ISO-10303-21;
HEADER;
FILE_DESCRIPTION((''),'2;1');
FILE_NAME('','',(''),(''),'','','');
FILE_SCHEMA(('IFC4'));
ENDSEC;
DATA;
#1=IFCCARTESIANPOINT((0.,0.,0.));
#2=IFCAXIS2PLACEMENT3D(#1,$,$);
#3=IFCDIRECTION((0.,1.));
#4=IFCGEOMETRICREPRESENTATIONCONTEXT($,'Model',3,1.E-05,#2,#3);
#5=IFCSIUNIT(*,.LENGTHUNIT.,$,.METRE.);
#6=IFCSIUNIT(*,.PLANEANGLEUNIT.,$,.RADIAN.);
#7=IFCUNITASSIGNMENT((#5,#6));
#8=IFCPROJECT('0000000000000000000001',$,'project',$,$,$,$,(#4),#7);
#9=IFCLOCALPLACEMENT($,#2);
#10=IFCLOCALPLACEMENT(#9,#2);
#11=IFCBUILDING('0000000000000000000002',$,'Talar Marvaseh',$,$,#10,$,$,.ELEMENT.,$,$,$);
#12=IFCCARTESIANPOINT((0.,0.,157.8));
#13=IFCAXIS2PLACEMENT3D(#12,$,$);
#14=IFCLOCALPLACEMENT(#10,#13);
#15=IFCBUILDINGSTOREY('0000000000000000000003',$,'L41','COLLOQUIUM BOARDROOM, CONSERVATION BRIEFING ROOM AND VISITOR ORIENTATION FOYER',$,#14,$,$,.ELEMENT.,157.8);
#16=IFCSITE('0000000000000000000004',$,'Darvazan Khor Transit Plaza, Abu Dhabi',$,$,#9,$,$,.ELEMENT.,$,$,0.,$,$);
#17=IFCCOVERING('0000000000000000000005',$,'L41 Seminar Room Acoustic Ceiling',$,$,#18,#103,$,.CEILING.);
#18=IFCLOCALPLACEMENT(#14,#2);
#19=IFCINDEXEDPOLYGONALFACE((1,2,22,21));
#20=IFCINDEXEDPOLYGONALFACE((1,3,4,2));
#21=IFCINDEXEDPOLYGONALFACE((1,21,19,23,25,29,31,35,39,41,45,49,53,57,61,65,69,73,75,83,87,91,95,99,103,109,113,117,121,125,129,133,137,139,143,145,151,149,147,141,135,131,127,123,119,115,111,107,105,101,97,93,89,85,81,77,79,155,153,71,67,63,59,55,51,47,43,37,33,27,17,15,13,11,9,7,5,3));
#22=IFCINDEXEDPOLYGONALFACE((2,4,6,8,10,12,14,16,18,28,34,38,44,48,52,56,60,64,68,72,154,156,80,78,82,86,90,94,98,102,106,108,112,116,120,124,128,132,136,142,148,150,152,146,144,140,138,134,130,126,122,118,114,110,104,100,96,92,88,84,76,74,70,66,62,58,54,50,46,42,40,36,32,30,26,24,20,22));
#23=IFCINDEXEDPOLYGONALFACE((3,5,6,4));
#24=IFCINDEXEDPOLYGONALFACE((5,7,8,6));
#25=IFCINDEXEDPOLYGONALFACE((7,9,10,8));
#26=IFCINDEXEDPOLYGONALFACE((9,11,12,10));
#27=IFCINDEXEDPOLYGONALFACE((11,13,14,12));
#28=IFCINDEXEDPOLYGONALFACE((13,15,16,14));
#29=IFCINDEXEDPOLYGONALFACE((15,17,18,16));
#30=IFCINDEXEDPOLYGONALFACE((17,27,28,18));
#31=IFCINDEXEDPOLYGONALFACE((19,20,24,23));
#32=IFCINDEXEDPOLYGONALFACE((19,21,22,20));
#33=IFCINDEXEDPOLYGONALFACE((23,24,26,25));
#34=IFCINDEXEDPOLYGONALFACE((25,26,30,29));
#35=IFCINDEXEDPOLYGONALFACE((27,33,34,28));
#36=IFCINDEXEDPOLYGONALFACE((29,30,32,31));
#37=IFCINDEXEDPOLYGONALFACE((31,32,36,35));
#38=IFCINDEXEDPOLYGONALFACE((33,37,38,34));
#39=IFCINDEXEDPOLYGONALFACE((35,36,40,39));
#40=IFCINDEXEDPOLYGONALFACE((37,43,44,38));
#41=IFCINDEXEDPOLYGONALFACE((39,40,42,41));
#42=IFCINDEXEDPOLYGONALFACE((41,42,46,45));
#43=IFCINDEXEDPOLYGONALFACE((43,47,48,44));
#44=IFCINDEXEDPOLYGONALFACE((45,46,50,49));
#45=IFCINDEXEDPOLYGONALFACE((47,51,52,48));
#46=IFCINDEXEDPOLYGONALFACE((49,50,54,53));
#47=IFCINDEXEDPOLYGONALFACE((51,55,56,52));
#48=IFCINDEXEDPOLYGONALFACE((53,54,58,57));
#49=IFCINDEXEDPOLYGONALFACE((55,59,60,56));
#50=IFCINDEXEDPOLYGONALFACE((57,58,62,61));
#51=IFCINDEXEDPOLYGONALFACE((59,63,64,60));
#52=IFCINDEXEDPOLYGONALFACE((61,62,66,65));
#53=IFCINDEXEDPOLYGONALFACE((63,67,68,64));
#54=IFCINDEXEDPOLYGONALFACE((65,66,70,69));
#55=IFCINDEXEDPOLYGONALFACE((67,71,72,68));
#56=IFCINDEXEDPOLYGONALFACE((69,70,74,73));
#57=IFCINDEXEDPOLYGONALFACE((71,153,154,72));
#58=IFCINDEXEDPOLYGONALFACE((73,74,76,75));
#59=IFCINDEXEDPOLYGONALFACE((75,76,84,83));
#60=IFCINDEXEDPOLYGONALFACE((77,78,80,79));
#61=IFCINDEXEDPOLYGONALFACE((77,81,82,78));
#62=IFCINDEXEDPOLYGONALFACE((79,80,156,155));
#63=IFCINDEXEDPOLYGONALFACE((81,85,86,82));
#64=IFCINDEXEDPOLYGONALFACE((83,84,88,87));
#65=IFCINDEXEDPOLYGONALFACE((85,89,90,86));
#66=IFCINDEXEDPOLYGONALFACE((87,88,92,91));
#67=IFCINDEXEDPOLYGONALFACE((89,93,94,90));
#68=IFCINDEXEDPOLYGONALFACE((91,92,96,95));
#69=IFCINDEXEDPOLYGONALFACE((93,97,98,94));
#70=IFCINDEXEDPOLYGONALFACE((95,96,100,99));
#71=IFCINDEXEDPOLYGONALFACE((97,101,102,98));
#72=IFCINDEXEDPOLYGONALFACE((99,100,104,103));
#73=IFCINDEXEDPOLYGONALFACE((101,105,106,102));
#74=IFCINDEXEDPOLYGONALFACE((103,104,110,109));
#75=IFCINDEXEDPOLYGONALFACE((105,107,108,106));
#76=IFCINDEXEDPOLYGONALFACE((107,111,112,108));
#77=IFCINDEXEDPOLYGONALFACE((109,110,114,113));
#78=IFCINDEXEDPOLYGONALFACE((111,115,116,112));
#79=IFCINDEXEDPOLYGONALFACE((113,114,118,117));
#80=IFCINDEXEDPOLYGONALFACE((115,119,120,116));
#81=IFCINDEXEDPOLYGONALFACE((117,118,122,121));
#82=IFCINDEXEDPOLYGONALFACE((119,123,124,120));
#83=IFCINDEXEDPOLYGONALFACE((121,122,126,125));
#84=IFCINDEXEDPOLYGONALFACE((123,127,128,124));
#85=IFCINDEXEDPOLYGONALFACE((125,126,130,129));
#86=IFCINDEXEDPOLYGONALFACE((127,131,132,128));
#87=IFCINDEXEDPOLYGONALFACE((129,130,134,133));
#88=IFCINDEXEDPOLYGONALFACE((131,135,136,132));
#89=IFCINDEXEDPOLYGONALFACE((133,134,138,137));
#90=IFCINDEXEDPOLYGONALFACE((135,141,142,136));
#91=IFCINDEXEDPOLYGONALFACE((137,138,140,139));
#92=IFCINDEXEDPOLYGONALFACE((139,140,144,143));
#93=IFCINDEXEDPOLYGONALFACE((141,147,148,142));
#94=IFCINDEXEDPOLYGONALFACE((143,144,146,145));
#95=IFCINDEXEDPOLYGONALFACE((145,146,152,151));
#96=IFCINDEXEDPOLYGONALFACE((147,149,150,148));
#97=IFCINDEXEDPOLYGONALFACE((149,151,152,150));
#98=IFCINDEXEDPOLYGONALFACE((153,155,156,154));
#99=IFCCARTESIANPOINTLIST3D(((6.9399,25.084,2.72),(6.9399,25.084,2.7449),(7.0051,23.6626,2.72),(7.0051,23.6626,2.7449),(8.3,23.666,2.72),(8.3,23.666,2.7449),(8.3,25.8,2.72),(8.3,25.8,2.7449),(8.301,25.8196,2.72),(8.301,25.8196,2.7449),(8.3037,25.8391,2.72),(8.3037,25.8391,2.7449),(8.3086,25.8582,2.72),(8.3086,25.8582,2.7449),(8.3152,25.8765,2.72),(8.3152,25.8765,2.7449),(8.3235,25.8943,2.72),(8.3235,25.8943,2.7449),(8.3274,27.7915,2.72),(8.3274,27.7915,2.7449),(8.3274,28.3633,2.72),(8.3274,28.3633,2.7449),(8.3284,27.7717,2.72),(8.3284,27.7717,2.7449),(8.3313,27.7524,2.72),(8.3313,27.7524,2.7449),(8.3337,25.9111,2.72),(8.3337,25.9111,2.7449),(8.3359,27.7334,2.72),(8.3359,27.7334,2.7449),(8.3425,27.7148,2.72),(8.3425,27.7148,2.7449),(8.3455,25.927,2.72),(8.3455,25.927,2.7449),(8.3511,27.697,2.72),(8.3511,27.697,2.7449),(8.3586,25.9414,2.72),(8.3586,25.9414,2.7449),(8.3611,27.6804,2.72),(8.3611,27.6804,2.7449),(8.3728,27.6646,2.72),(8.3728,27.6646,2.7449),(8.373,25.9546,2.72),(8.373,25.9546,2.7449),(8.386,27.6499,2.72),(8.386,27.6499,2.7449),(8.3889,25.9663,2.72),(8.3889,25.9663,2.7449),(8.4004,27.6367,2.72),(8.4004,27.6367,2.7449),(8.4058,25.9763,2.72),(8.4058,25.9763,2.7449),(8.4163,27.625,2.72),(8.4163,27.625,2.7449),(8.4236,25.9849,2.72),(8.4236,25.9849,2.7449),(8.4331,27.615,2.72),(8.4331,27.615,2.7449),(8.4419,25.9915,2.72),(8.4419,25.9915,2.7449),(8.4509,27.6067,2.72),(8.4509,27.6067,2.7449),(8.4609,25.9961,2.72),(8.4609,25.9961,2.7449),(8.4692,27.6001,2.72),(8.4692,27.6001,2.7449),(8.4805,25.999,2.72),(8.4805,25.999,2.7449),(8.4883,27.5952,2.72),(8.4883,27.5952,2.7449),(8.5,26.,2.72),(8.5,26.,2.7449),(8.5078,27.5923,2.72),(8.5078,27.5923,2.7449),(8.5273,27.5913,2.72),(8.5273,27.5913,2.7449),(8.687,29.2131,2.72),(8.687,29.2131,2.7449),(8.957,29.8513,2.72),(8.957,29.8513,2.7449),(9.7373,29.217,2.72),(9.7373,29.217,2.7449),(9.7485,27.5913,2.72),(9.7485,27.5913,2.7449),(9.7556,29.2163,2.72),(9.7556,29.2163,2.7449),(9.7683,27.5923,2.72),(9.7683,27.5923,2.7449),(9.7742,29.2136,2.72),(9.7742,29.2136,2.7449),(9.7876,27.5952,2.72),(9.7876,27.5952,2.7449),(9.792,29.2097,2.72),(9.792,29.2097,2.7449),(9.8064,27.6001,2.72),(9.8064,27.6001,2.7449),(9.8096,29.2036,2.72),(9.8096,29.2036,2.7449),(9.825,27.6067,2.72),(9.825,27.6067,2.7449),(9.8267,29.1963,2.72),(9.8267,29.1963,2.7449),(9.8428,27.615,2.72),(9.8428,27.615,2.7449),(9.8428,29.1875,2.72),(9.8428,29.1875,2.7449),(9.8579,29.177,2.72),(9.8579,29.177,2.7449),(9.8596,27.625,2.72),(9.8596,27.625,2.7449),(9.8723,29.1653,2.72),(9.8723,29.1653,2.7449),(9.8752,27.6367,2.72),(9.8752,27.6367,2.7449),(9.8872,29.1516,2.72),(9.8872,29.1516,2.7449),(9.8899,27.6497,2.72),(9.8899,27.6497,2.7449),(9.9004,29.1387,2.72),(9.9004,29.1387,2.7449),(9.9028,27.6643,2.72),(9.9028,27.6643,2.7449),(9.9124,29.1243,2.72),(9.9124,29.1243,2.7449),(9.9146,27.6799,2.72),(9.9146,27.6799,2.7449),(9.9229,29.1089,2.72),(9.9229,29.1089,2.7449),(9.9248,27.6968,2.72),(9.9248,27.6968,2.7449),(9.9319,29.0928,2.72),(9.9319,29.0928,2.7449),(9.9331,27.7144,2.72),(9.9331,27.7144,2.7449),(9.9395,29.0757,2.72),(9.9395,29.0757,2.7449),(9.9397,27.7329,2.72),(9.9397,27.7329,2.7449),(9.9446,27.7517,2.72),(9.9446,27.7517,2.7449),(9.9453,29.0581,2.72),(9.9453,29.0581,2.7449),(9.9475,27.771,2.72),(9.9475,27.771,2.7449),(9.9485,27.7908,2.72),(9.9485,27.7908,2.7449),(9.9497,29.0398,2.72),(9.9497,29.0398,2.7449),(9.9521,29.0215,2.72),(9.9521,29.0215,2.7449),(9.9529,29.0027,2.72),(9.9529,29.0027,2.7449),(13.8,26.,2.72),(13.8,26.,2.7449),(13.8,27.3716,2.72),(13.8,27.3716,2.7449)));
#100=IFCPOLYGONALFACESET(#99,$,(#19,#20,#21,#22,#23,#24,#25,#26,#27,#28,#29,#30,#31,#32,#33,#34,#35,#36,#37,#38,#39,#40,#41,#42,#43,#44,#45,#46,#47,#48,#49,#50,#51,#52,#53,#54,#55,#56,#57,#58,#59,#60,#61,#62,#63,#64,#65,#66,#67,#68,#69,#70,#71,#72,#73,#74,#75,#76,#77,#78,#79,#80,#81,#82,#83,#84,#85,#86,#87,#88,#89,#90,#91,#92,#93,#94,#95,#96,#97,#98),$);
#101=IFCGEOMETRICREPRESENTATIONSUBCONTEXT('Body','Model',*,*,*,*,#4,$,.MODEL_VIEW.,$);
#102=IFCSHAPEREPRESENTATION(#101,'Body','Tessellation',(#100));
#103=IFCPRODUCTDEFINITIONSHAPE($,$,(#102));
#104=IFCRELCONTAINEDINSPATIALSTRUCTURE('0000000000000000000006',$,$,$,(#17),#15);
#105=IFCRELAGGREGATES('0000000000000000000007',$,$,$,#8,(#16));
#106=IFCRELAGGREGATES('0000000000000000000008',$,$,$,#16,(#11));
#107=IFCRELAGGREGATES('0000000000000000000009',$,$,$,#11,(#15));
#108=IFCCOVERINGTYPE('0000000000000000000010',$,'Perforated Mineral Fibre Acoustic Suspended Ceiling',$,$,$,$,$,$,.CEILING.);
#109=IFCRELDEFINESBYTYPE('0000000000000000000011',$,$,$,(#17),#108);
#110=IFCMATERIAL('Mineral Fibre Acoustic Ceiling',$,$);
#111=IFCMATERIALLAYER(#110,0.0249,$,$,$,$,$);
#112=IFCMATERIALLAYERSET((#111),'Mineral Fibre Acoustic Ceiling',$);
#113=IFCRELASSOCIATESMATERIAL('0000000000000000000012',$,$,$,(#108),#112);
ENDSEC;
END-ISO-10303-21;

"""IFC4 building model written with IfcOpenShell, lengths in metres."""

from ifc_helpers import new_model, si_unit, direction, frame, origin, place, context, subcontext, project, spatial, polyline, outline, extrude, material, layer, layer_set, type_object, element, save


model = new_model("IFC4")

# Units and contexts
model_context = context("Model", 3, precision=1e-05, world=origin(), true_north=direction((0.0, 1.0)))
body_context = subcontext(model_context, "Body", "Model", "MODEL_VIEW")
ifc_project = project(units=[si_unit("LENGTHUNIT", "METRE"), si_unit("PLANEANGLEUNIT", "RADIAN")], contexts=[model_context])

# Site, building, storey
site_placement = place(None, origin())
site = spatial("IfcSite", under=ifc_project, at=site_placement, Name="Darvazan Khor Transit Plaza, Abu Dhabi", CompositionType="ELEMENT", RefElevation=0.0)
building_placement = place(site_placement, origin())
building = spatial("IfcBuilding", under=site, at=building_placement, Name="Talar Marvaseh", CompositionType="ELEMENT")
storey_placement = place(building_placement, frame((0.0, 0.0, 157.8)))
storey = spatial("IfcBuildingStorey", under=building, at=storey_placement, Name="L41", Description="COLLOQUIUM BOARDROOM, CONSERVATION BRIEFING ROOM AND VISITOR ORIENTATION FOYER", CompositionType="ELEMENT", Elevation=157.8)

# Covering
ifc_material_1 = material(Name="Mineral Fibre Acoustic Ceiling")
ifc_layer_1 = layer(ifc_material_1, 0.0249)
ifc_layer_set_1 = layer_set([ifc_layer_1], Name="Mineral Fibre Acoustic Ceiling")
covering_type_1 = type_object("IfcCoveringType", Name="Perforated Mineral Fibre Acoustic Suspended Ceiling", PredefinedType="CEILING", material=ifc_layer_set_1)
covering_1_placement = place(storey_placement, frame((0.0, 0.0, 2.72)))
element("IfcCovering", 1, at=covering_1_placement, inside=storey, type_object=covering_type_1, Name="L41 Seminar Room Acoustic Ceiling", PredefinedType="CEILING", context=body_context, shape_type="SweptSolid", body=[
    extrude(outline(polyline([(8.3284, 27.7717), (8.3313, 27.7524), (8.3359, 27.7334), (8.3425, 27.7148), (8.3511, 27.697), (8.3611, 27.6804), (8.3728, 27.6646), (8.386, 27.6499), (8.4004, 27.6367), (8.4163, 27.625), (8.4331, 27.615), (8.4509, 27.6067), (8.4692, 27.6001), (8.4883, 27.5952), (8.5078, 27.5923), (8.5273, 27.5913), (9.7485, 27.5913), (9.7683, 27.5923), (9.7876, 27.5952), (9.8064, 27.6001), (9.825, 27.6067), (9.8428, 27.615), (9.8596, 27.625), (9.8752, 27.6367), (9.8899, 27.6497), (9.9028, 27.6643), (9.9146, 27.6799), (9.9248, 27.6968), (9.9331, 27.7144), (9.9397, 27.7329), (9.9446, 27.7517), (9.9475, 27.771), (9.9485, 27.7908), (9.9529, 29.0027), (9.9521, 29.0215), (9.9497, 29.0398), (9.9453, 29.0581), (9.9395, 29.0757), (9.9319, 29.0928), (9.9229, 29.1089), (9.9124, 29.1243), (9.9004, 29.1387), (9.8872, 29.1516), (9.8723, 29.1653), (9.8579, 29.177), (9.8428, 29.1875), (9.8267, 29.1963), (9.8096, 29.2036), (9.792, 29.2097), (9.7742, 29.2136), (9.7556, 29.2163), (9.7373, 29.217), (8.687, 29.2131), (8.957, 29.8513), (13.8, 27.3716), (13.8, 26.0), (8.5, 26.0), (8.4805, 25.999), (8.4609, 25.9961), (8.4419, 25.9915), (8.4236, 25.9849), (8.4058, 25.9763), (8.3889, 25.9663), (8.373, 25.9546), (8.3586, 25.9414), (8.3455, 25.927), (8.3337, 25.9111), (8.3235, 25.8943), (8.3152, 25.8765), (8.3086, 25.8582), (8.3037, 25.8391), (8.301, 25.8196), (8.3, 25.8), (8.3, 23.666), (7.0051, 23.6626), (6.9399, 25.084), (8.3274, 28.3633), (8.3274, 27.7915), (8.3284, 27.7717)])), origin(), (0.0, 0.0, 1.0), 0.0249),
])

save(model, "model.ifc")
